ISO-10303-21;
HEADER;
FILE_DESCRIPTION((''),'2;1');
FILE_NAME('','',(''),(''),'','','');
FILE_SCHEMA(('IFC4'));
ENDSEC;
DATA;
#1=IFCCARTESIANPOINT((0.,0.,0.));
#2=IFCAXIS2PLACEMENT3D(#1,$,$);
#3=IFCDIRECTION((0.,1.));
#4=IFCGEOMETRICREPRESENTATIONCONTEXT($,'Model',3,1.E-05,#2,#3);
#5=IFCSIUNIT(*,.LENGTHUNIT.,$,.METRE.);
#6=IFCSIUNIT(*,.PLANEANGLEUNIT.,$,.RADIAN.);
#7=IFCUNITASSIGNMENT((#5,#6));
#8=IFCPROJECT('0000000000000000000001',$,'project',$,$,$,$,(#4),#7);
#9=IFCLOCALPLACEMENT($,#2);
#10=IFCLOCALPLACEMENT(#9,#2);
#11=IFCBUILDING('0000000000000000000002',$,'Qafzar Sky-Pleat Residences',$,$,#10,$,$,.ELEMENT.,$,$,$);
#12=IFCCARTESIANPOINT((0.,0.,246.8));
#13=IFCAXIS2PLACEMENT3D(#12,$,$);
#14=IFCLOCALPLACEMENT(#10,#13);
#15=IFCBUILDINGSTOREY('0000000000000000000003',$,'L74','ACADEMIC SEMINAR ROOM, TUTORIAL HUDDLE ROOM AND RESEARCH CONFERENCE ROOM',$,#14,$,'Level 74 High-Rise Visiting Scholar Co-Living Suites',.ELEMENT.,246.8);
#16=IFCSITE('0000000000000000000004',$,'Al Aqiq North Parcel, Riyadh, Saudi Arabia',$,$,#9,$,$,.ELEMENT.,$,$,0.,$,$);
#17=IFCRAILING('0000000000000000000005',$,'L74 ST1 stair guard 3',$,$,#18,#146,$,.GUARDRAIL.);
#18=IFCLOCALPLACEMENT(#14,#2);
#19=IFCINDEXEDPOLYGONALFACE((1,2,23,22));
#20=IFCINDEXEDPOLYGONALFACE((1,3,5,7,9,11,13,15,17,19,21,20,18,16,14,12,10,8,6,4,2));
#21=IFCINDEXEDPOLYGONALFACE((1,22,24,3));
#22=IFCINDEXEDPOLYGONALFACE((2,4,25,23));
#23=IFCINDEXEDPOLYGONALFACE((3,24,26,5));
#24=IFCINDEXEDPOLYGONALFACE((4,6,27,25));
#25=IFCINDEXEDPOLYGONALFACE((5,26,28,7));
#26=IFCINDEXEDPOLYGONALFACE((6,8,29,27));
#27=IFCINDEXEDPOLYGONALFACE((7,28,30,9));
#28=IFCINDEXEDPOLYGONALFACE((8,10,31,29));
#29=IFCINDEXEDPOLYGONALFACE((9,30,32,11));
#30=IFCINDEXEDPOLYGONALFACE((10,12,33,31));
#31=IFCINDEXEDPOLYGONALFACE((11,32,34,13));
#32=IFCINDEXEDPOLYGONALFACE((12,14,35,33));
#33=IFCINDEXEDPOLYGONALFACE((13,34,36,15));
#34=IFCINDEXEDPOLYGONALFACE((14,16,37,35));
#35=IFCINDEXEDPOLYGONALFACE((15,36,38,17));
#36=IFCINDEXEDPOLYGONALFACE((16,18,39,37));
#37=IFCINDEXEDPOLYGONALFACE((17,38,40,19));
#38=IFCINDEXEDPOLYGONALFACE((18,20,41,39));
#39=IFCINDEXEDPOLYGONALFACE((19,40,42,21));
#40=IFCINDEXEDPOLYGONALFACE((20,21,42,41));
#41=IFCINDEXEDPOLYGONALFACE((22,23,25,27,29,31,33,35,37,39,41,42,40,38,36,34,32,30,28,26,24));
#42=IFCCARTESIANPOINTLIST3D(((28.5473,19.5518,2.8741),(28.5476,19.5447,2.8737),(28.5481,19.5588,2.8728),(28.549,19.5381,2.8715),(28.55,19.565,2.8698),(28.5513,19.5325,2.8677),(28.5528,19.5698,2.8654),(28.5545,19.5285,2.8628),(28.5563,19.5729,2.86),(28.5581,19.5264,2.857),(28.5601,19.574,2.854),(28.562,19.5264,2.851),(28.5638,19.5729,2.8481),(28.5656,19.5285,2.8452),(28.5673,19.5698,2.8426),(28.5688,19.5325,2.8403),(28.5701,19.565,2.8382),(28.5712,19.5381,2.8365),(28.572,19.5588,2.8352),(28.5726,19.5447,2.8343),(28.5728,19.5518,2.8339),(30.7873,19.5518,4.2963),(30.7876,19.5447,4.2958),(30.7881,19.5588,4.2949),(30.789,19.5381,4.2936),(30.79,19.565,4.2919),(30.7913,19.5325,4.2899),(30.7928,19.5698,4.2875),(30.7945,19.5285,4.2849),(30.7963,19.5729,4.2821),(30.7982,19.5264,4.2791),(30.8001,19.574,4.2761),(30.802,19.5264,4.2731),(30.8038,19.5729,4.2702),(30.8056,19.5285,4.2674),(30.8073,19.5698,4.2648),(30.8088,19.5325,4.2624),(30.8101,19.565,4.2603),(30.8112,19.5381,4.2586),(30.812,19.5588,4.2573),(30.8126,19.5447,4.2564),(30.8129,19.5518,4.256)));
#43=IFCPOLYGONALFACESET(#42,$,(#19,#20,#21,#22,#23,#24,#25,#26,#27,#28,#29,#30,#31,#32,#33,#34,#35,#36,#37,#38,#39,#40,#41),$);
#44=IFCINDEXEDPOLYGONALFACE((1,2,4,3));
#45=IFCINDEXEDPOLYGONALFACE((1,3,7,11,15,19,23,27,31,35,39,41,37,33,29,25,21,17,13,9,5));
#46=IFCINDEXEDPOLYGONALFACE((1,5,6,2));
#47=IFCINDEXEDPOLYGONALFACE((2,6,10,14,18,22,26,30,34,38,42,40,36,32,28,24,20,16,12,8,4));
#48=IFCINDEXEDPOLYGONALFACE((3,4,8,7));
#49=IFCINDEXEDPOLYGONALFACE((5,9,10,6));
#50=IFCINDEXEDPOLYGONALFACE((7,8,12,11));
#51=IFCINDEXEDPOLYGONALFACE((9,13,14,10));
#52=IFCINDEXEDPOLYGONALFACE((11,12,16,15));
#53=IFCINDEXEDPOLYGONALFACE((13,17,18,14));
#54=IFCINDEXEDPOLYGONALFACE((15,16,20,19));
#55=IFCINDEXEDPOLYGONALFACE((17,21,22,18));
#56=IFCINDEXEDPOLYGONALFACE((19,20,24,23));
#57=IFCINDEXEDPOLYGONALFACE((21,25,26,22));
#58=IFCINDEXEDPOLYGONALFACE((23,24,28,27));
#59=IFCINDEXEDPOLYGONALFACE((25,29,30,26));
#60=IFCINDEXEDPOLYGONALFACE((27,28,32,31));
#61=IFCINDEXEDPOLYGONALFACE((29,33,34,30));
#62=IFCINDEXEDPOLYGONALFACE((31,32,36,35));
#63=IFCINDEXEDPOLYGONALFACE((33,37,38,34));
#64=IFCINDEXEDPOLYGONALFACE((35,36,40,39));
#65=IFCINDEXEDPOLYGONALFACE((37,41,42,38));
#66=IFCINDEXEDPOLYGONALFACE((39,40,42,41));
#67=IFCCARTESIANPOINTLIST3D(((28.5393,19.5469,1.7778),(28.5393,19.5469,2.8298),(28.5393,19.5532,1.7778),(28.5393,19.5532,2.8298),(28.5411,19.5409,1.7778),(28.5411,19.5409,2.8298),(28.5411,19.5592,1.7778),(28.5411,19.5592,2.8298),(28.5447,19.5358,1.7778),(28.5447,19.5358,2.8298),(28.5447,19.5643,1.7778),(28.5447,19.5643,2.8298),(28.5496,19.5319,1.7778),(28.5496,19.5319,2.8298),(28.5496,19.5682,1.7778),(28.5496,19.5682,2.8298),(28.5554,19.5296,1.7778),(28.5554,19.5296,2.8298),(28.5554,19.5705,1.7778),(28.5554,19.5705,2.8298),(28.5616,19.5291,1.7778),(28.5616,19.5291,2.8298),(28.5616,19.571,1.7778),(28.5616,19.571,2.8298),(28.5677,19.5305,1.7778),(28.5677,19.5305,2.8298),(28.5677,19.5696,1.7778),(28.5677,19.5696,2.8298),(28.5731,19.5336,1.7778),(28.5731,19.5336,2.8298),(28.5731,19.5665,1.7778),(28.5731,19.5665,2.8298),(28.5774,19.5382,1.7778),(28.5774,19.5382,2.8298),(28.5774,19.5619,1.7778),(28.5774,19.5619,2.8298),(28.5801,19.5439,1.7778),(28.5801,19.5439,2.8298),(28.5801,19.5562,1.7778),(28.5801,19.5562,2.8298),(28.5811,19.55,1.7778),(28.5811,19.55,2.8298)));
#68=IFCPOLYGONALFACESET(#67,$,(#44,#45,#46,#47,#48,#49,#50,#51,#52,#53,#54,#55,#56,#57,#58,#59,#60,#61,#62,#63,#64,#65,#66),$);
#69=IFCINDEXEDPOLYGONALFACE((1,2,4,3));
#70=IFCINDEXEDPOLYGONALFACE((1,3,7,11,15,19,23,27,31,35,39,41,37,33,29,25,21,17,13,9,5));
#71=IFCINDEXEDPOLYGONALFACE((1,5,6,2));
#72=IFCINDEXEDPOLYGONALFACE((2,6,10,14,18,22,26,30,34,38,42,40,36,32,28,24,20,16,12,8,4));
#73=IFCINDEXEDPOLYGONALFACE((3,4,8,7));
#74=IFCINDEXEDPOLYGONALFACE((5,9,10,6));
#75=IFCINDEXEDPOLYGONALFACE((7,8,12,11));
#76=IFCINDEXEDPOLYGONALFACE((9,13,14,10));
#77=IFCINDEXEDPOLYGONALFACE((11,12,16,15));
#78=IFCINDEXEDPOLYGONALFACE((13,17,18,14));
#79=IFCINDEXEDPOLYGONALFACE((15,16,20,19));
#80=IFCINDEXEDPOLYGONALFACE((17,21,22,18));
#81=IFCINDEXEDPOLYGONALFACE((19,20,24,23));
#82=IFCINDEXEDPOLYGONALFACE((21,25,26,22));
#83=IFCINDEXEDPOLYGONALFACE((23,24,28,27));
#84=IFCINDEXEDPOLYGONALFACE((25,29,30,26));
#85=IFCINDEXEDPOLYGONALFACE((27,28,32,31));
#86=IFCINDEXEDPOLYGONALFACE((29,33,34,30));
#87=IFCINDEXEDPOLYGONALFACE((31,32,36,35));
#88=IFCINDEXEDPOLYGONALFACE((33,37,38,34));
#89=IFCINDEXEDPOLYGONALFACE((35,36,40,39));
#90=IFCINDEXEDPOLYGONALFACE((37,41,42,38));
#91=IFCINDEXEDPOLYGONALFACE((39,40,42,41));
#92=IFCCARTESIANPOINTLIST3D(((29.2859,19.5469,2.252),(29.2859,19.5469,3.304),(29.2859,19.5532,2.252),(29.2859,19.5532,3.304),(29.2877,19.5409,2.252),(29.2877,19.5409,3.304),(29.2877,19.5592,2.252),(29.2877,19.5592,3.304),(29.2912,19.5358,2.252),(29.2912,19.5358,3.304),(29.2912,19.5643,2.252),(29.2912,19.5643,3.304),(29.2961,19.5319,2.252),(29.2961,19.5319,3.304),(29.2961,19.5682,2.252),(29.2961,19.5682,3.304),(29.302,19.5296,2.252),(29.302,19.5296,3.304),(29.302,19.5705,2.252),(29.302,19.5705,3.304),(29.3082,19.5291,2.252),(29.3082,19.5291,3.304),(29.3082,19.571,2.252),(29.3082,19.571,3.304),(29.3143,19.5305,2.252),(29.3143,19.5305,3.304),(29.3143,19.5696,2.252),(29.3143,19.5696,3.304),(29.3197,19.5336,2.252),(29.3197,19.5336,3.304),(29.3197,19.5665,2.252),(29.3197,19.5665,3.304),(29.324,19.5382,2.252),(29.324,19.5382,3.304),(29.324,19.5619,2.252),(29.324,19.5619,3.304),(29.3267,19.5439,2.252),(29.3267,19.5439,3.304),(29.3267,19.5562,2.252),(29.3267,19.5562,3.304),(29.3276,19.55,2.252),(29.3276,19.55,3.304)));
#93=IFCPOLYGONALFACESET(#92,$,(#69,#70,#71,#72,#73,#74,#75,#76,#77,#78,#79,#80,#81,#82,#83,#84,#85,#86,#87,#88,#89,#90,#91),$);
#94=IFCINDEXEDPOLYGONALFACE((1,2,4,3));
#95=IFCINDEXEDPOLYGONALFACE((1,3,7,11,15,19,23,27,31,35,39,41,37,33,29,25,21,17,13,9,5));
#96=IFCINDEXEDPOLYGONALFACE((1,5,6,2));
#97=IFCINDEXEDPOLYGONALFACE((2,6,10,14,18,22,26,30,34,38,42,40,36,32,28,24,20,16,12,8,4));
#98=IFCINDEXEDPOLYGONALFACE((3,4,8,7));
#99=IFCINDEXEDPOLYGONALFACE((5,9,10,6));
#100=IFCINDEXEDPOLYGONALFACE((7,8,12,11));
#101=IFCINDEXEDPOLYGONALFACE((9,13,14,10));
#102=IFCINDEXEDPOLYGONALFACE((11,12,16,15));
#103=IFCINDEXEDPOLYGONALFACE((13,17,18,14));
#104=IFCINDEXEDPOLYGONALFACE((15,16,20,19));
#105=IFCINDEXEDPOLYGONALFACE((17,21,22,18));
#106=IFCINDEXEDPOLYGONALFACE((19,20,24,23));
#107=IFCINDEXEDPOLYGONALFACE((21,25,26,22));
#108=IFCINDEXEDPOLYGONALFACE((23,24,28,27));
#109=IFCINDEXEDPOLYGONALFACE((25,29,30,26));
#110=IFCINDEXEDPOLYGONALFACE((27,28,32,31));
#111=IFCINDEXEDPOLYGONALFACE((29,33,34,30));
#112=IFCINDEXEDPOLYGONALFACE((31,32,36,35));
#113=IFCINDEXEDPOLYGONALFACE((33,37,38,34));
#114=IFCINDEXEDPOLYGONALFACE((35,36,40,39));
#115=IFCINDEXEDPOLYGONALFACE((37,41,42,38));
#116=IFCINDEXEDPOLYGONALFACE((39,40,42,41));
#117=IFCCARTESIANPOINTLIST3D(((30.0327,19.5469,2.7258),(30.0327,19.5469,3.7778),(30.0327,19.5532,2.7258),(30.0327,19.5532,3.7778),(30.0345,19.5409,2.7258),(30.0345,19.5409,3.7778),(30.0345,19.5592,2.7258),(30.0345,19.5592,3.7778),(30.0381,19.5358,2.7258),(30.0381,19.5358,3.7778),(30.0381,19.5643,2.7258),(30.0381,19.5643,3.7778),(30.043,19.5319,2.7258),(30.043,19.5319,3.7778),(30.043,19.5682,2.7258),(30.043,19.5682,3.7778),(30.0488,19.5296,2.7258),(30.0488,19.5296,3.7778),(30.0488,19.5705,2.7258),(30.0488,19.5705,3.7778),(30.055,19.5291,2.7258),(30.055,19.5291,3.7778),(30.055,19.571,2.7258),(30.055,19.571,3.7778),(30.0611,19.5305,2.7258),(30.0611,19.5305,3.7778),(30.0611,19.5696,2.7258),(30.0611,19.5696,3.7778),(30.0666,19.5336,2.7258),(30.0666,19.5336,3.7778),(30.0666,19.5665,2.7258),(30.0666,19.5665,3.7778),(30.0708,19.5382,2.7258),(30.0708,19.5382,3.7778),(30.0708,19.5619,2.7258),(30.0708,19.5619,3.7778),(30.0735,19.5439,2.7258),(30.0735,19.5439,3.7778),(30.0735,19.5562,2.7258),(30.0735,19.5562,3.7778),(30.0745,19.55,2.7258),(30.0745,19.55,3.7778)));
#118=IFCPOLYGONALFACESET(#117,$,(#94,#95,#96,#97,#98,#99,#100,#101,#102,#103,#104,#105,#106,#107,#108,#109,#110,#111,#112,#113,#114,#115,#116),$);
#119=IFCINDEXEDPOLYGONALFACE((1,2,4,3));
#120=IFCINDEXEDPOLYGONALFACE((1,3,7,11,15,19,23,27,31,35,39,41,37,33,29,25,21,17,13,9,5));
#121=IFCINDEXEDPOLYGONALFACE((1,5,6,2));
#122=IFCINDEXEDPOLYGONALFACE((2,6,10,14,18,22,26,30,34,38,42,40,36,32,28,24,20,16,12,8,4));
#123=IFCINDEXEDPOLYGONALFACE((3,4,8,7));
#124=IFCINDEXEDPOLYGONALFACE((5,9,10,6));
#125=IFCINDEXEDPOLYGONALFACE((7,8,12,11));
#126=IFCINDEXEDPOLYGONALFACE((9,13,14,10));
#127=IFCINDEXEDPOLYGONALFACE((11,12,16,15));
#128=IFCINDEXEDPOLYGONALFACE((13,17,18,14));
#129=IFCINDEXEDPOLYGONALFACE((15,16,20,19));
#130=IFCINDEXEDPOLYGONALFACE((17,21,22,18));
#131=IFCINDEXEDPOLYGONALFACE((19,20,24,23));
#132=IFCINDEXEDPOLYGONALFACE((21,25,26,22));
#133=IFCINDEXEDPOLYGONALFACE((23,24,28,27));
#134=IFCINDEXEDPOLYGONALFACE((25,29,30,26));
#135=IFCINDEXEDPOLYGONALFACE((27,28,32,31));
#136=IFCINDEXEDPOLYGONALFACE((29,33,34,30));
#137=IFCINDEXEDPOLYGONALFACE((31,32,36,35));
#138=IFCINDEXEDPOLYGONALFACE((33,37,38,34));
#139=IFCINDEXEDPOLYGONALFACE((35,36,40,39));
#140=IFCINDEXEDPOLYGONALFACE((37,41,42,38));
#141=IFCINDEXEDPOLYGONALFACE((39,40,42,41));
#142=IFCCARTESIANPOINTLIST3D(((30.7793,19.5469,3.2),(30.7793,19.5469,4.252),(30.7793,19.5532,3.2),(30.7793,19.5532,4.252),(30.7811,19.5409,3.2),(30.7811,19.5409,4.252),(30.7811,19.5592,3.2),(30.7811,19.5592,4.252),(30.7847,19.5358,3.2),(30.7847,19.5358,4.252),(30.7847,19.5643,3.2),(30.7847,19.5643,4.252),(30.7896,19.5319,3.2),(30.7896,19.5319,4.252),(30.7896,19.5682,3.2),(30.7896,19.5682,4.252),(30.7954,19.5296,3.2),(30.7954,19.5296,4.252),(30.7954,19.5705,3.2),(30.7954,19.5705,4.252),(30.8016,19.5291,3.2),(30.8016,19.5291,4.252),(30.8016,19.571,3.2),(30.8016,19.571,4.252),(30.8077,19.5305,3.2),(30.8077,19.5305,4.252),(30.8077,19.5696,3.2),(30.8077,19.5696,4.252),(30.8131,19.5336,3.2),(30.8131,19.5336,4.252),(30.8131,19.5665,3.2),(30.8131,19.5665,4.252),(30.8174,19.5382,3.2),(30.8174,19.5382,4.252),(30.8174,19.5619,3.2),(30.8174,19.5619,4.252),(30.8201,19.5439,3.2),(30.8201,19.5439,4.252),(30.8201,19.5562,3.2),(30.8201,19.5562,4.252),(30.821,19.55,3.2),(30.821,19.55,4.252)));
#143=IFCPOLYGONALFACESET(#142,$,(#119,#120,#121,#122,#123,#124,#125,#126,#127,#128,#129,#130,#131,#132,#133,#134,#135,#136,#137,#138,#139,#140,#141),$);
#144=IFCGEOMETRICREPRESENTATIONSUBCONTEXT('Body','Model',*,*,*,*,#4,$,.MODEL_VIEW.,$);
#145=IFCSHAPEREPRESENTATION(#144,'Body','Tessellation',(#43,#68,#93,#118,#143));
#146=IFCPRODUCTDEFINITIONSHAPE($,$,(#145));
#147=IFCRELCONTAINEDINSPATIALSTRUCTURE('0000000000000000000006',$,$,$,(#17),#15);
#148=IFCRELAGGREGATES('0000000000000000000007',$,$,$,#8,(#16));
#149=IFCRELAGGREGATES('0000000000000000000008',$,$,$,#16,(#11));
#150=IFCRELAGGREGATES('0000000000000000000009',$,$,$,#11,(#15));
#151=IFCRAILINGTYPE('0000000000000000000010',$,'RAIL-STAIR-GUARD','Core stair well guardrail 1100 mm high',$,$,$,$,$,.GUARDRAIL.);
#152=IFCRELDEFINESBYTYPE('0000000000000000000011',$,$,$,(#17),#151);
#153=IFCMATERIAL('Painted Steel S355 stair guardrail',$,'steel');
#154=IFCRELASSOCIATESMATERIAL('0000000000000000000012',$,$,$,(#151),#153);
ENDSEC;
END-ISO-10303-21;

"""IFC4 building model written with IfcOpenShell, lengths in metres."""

from ifc_helpers import new_model, si_unit, direction, frame, origin, origin_2d, place, context, subcontext, project, spatial, circle, extrude, source, transform, mapped, material, type_object, element, save


model = new_model("IFC4")

# Units and contexts
model_context = context("Model", 3, precision=1e-05, world=origin(), true_north=direction((0.0, 1.0)))
body_context = subcontext(model_context, "Body", "Model", "MODEL_VIEW")
ifc_project = project(units=[si_unit("LENGTHUNIT", "METRE"), si_unit("PLANEANGLEUNIT", "RADIAN")], contexts=[model_context])

# Site, building, storey
site_placement = place(None, origin())
site = spatial("IfcSite", under=ifc_project, at=site_placement, Name="Al Aqiq North Parcel, Riyadh, Saudi Arabia", CompositionType="ELEMENT", RefElevation=0.0)
building_placement = place(site_placement, origin())
building = spatial("IfcBuilding", under=site, at=building_placement, Name="Qafzar Sky-Pleat Residences", CompositionType="ELEMENT")
storey_placement = place(building_placement, frame((0.0, 0.0, 246.8)))
storey = spatial("IfcBuildingStorey", under=building, at=storey_placement, Name="L74", Description="ACADEMIC SEMINAR ROOM, TUTORIAL HUDDLE ROOM AND RESEARCH CONFERENCE ROOM", LongName="Level 74 High-Rise Visiting Scholar Co-Living Suites", CompositionType="ELEMENT", Elevation=246.8)

# Railing
ifc_material_1 = material(Name="Painted Steel S355 stair guardrail", Category="steel")
railing_type_1 = type_object("IfcRailingType", Name="RAIL-STAIR-GUARD", Description="Core stair well guardrail 1100 mm high", PredefinedType="GUARDRAIL", material=ifc_material_1)
shared_shape_1 = source(origin(), body_context, "Body", "SweptSolid", [
    extrude(circle(Radius=0.0239, at=origin_2d()), frame((0.0, 0.0, 1.0762), z_axis=(0.844229, 0.0, 0.535982), x_axis=(0.0, 1.0, 0.0)), (0.0, 0.0, 1.0), 2.6533),
    extrude(circle(Radius=0.021, at=origin_2d()), origin(), (0.0, 0.0, 1.0), 1.052),
    extrude(circle(Radius=0.021, at=origin_2d()), frame((0.7466, 0.0, 0.4741)), (0.0, 0.0, 1.0), 1.052),
    extrude(circle(Radius=0.021, at=origin_2d()), frame((1.4934, 0.0, 0.948)), (0.0, 0.0, 1.0), 1.052),
    extrude(circle(Radius=0.021, at=origin_2d()), frame((2.24, 0.0, 1.4221)), (0.0, 0.0, 1.0), 1.052),
])
railing_1_placement = place(storey_placement, frame((28.5601, 19.55, 1.7778)))
element("IfcRailing", 1, at=railing_1_placement, inside=storey, type_object=railing_type_1, Name="L74 ST1 stair guard 3", PredefinedType="GUARDRAIL", context=body_context, shape_type="MappedRepresentation", body=[
    mapped(shared_shape_1, transform((0.0, 0.0, 0.0), x_axis=(1.0, 0.0, 0.0), y_axis=(0.0, 1.0, 0.0), z_axis=(0.0, 0.0, 1.0), scale=1.0)),
])

save(model, "model.ifc")
